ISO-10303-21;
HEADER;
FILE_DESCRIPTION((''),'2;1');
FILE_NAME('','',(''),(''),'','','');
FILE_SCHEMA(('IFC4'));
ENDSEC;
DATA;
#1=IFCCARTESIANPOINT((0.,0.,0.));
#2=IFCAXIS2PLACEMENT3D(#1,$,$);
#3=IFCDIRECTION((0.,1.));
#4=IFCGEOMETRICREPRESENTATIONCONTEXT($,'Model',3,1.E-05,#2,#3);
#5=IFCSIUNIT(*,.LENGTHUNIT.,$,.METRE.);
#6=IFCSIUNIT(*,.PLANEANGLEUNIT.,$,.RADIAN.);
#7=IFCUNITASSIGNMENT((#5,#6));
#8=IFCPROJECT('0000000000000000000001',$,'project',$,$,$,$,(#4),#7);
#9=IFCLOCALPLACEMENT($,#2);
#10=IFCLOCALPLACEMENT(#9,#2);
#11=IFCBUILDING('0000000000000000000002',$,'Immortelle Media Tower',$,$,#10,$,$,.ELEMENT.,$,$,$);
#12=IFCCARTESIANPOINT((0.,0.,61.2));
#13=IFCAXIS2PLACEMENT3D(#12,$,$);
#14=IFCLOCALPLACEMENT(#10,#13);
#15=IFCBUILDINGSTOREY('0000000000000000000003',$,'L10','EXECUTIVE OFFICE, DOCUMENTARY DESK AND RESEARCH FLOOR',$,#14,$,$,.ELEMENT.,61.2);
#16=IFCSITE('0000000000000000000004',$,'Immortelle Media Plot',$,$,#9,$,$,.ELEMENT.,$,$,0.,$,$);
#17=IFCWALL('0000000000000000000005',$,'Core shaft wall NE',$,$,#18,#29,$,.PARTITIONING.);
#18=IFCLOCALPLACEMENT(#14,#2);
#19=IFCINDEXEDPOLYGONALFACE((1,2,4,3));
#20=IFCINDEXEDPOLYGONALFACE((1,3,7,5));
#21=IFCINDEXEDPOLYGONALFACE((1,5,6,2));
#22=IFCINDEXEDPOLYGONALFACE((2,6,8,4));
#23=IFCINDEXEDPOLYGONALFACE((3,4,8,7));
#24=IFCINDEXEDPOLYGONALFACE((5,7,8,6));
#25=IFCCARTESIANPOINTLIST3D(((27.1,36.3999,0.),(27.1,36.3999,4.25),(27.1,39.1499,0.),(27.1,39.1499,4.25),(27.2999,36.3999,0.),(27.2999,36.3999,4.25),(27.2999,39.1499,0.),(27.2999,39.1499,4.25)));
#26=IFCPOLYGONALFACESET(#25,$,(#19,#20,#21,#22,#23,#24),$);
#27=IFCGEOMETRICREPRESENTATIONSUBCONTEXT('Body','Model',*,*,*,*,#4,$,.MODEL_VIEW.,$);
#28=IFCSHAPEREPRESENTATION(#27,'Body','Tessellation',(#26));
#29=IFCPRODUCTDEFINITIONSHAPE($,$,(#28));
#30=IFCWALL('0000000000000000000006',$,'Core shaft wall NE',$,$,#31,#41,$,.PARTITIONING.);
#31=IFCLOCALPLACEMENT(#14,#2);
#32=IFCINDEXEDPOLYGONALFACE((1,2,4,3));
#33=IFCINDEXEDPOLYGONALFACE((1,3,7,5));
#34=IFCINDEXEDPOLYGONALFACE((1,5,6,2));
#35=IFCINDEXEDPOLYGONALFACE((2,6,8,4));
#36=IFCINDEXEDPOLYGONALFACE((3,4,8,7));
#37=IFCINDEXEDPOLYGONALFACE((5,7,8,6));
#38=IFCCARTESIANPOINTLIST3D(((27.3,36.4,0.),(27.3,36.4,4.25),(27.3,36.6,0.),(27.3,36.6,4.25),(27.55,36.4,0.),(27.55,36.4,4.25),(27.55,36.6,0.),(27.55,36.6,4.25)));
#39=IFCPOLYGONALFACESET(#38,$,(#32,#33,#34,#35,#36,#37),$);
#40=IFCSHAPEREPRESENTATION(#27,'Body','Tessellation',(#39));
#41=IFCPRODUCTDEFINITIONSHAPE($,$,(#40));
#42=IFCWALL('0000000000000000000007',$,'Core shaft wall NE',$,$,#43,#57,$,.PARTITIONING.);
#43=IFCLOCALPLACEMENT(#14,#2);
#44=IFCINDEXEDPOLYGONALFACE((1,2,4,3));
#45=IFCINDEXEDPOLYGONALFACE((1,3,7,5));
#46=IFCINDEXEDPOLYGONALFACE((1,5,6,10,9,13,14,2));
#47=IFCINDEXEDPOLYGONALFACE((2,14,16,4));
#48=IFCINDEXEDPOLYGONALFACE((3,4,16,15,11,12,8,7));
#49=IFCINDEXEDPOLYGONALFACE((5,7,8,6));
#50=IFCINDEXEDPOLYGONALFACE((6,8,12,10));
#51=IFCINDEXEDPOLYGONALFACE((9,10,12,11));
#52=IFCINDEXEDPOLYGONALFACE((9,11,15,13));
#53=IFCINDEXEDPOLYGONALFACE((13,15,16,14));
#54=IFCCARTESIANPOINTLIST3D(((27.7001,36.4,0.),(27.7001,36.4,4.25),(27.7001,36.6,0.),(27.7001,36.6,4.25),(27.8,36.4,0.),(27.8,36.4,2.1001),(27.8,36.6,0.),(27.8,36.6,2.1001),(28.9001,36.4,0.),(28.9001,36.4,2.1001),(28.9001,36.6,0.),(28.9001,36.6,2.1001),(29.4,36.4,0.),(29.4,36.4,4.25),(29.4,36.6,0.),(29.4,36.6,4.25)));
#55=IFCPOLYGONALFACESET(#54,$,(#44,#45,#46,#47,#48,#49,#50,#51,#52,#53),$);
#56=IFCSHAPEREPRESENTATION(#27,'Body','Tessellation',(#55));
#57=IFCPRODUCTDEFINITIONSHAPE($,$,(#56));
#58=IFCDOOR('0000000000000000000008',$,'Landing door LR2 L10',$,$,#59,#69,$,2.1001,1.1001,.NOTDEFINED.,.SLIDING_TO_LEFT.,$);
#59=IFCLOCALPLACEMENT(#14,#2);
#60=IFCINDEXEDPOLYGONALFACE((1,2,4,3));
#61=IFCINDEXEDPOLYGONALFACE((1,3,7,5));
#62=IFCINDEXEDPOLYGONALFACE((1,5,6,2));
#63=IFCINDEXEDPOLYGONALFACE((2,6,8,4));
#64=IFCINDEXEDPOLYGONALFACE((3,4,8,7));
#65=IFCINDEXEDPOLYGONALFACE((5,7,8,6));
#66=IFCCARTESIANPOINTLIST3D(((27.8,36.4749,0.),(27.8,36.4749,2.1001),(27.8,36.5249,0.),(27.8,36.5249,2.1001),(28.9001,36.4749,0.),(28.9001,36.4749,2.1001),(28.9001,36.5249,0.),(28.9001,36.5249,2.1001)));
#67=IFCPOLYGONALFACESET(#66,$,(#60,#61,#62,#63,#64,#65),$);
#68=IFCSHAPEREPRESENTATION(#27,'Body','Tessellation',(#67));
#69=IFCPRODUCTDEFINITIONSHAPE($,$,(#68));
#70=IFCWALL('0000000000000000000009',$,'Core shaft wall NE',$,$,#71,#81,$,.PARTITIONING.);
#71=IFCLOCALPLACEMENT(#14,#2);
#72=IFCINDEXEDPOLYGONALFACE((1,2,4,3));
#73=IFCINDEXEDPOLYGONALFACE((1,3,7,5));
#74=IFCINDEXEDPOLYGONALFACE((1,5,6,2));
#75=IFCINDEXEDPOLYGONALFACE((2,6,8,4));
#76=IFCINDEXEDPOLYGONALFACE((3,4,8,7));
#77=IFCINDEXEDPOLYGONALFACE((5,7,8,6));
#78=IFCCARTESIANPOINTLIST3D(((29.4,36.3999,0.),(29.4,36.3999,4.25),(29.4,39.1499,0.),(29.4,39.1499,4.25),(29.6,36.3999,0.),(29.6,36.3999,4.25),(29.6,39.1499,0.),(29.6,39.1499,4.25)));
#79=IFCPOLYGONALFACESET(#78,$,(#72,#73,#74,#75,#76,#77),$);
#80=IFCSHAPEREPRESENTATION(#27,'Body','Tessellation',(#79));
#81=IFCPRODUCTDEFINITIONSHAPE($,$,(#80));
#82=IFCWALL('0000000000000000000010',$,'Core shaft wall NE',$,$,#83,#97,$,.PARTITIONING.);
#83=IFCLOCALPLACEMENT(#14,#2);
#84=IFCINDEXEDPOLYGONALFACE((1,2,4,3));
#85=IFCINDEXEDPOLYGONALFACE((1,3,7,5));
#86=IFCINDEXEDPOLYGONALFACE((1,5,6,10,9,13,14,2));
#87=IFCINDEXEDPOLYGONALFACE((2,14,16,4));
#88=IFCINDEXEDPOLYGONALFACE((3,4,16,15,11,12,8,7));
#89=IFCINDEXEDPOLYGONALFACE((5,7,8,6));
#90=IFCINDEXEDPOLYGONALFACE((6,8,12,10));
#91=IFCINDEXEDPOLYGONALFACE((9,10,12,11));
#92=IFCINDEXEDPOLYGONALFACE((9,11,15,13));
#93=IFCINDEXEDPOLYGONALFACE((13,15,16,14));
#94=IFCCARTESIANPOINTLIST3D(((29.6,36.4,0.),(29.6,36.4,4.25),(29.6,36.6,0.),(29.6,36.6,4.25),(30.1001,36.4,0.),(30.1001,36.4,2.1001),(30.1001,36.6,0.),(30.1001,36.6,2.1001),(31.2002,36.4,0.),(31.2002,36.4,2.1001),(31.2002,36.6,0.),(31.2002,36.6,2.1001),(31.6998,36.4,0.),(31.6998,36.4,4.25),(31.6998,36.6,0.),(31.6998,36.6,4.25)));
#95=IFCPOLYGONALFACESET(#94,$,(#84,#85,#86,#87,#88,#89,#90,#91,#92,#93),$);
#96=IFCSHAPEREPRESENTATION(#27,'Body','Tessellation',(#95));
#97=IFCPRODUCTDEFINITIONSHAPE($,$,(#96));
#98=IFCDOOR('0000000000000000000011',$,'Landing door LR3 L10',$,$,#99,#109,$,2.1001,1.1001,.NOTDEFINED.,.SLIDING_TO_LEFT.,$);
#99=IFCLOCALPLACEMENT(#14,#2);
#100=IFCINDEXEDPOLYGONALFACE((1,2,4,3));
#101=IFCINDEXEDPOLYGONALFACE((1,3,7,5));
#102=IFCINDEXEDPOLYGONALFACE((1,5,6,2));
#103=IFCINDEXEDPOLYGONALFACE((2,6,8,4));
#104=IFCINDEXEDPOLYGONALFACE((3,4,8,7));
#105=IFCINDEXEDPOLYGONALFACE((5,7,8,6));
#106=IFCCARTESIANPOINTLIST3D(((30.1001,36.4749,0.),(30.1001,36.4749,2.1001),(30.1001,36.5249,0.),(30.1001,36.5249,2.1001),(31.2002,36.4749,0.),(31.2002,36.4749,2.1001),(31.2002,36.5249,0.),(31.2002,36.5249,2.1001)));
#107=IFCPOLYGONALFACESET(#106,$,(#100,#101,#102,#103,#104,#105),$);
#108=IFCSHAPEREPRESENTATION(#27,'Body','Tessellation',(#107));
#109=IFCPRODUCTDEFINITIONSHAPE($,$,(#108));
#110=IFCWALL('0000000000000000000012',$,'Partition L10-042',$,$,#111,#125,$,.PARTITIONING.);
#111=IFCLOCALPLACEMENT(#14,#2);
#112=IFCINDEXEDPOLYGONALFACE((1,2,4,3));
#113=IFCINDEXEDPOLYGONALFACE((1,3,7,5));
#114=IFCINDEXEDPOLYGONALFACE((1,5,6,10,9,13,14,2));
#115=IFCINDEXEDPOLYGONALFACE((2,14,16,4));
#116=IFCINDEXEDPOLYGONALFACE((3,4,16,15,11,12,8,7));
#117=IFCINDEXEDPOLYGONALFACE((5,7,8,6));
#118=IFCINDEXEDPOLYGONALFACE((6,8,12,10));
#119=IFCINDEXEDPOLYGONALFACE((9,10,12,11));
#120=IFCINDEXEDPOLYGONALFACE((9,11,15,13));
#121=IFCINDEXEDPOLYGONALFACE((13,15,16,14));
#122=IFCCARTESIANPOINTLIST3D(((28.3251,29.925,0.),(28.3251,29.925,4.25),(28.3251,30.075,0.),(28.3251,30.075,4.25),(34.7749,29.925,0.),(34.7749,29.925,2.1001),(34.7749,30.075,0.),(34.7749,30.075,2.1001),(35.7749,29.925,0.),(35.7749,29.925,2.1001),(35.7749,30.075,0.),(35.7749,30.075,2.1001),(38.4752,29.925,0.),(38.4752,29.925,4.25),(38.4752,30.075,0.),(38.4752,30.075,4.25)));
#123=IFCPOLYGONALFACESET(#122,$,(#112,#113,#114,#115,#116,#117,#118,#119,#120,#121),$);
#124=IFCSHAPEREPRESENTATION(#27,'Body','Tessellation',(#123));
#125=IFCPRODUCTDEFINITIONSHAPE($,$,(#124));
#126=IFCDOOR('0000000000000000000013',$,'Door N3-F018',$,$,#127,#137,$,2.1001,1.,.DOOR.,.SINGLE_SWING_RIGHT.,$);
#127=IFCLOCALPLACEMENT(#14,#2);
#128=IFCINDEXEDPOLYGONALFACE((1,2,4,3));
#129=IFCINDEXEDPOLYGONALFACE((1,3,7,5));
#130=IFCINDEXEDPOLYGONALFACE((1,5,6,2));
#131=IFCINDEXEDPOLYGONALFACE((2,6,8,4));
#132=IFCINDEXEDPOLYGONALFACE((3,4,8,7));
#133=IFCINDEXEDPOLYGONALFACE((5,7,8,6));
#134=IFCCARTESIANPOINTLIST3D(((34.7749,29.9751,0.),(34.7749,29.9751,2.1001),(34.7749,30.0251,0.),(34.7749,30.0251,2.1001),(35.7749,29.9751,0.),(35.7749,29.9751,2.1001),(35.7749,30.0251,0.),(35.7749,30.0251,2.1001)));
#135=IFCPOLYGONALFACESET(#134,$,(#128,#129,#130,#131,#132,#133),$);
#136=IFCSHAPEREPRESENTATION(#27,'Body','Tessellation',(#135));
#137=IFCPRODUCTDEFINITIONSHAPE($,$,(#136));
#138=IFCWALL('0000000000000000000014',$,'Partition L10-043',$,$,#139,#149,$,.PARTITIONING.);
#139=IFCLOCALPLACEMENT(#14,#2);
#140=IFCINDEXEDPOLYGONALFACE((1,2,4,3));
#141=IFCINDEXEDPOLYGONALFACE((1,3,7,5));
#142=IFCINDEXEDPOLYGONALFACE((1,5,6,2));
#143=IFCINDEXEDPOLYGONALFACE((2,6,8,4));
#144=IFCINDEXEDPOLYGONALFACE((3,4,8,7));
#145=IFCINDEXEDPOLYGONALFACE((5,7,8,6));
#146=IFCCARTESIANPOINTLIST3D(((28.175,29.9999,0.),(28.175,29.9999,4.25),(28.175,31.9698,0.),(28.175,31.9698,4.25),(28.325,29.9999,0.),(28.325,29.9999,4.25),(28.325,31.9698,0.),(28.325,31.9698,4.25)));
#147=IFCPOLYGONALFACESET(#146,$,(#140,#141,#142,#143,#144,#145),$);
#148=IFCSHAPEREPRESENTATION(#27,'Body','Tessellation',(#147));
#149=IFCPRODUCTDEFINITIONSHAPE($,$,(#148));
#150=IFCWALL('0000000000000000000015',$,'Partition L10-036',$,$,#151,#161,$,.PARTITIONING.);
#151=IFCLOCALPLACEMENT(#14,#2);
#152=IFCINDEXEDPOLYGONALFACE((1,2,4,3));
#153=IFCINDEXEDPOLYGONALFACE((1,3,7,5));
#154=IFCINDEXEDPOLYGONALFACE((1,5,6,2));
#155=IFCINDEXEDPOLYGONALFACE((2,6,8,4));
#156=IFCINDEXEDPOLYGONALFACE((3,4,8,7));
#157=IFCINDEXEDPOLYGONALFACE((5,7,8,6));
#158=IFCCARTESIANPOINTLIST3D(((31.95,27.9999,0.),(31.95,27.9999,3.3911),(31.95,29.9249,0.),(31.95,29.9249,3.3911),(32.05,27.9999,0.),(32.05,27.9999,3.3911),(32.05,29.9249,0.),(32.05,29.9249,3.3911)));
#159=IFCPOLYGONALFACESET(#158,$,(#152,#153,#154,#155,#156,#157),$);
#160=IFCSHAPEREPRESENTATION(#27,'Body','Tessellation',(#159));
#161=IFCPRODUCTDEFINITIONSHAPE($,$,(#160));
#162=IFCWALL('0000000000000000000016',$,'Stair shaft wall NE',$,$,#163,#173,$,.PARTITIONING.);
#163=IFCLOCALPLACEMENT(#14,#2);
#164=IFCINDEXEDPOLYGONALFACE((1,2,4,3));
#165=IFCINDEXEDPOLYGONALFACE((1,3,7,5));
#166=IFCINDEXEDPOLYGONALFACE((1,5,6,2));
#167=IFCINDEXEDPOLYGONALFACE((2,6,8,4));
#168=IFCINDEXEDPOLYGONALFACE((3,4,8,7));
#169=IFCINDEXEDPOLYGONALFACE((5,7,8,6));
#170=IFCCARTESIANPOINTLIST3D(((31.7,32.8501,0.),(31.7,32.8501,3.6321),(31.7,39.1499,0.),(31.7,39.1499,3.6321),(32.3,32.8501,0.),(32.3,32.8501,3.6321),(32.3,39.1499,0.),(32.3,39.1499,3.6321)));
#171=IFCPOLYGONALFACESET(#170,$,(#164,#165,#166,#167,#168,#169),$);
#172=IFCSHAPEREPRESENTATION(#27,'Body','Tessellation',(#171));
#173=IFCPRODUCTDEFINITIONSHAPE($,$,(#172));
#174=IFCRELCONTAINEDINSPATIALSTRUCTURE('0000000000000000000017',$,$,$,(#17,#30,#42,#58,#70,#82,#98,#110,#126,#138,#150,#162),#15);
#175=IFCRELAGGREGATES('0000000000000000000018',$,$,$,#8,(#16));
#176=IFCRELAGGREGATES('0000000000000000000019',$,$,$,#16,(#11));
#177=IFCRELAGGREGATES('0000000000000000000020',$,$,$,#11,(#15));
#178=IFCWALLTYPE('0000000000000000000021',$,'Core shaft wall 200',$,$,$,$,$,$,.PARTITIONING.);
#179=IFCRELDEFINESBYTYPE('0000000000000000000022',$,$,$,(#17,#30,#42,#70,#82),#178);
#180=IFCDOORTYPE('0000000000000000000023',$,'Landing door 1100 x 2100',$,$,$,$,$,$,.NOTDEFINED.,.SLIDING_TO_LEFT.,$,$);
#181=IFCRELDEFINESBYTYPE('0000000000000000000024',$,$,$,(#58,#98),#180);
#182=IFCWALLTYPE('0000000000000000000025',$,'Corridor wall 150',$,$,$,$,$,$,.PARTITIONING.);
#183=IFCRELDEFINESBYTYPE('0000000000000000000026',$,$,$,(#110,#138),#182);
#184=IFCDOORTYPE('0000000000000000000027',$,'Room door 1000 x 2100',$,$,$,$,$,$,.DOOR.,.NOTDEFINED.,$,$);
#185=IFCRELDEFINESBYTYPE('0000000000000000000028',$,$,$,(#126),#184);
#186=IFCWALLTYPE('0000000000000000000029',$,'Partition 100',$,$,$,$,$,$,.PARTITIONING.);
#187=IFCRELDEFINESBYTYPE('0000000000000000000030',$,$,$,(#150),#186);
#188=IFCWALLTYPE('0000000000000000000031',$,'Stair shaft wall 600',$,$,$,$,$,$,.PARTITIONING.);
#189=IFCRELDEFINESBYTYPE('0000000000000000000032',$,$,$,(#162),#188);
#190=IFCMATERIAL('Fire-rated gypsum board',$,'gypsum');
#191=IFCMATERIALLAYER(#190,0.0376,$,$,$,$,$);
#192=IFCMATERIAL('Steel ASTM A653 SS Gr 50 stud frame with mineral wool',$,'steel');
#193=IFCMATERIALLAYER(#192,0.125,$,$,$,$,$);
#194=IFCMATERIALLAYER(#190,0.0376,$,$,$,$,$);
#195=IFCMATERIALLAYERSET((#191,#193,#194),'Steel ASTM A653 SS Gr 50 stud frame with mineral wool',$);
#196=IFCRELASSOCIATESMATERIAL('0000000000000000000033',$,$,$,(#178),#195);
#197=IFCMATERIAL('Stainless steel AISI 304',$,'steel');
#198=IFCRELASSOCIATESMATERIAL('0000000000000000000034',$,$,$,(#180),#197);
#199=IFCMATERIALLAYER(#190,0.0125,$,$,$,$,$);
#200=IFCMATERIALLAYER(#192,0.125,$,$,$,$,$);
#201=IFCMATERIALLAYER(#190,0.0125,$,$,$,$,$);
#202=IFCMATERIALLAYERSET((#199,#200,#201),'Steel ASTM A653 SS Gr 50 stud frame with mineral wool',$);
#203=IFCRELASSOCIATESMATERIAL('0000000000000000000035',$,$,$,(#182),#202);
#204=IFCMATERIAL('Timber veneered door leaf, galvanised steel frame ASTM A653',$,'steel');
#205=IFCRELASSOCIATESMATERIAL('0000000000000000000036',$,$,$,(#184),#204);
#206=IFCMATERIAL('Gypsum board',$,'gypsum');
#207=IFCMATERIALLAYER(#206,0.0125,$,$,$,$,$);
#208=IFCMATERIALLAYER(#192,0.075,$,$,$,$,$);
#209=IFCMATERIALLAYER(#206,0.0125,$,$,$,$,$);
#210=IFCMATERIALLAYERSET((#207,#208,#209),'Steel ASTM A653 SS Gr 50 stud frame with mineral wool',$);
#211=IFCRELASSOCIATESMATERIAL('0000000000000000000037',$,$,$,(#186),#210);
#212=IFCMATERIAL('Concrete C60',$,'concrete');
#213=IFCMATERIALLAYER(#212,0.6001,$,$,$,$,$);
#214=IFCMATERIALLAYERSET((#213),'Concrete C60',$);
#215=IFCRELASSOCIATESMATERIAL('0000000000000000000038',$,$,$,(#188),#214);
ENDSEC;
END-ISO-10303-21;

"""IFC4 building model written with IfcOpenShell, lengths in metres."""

from ifc_helpers import new_model, si_unit, direction, frame, frame_2d, origin, place, context, subcontext, project, spatial, rectangle, extrude, material, layer, layer_set, type_object, element, fill, save


model = new_model("IFC4")

# Units and contexts
model_context = context("Model", 3, precision=1e-05, world=origin(), true_north=direction((0.0, 1.0)))
body_context = subcontext(model_context, "Body", "Model", "MODEL_VIEW")
ifc_project = project(units=[si_unit("LENGTHUNIT", "METRE"), si_unit("PLANEANGLEUNIT", "RADIAN")], contexts=[model_context])

# Site, building, storey
site_placement = place(None, origin())
site = spatial("IfcSite", under=ifc_project, at=site_placement, Name="Immortelle Media Plot", CompositionType="ELEMENT", RefElevation=0.0)
building_placement = place(site_placement, origin())
building = spatial("IfcBuilding", under=site, at=building_placement, Name="Immortelle Media Tower", CompositionType="ELEMENT")
storey_placement = place(building_placement, frame((0.0, 0.0, 61.2)))
storey = spatial("IfcBuildingStorey", under=building, at=storey_placement, Name="L10", Description="EXECUTIVE OFFICE, DOCUMENTARY DESK AND RESEARCH FLOOR", CompositionType="ELEMENT", Elevation=61.2)

# Shared definitions
ifc_material_1 = material(Name="Fire-rated gypsum board", Category="gypsum")
ifc_material_2 = material(Name="Steel ASTM A653 SS Gr 50 stud frame with mineral wool", Category="steel")

# Walls
ifc_layer_1 = layer(ifc_material_1, 0.0376)
ifc_layer_2 = layer(ifc_material_2, 0.125)
ifc_layer_3 = layer(ifc_material_1, 0.0376)
ifc_layer_set_1 = layer_set([ifc_layer_1, ifc_layer_2, ifc_layer_3], Name="Steel ASTM A653 SS Gr 50 stud frame with mineral wool")
wall_type_1 = type_object("IfcWallType", Name="Core shaft wall 200", PredefinedType="PARTITIONING", material=ifc_layer_set_1)
wall_1_placement = place(storey_placement, frame((27.2, 36.3999, 0.0), z_axis=(0.0, 0.0, 1.0), x_axis=(0.0, 1.0, 0.0)))
element("IfcWall", 1, at=wall_1_placement, inside=storey, type_object=wall_type_1, Name="Core shaft wall NE", PredefinedType="PARTITIONING", context=body_context, shape_type="SweptSolid", body=[
    extrude(rectangle(XDim=2.75, YDim=0.2, at=frame_2d((1.375, 0.0))), origin(), (0.0, 0.0, 1.0), 4.25),
])
wall_2_placement = place(storey_placement, frame((27.3, 36.5, 0.0), z_axis=(0.0, 0.0, 1.0), x_axis=(1.0, 0.0, 0.0)))
element("IfcWall", 2, at=wall_2_placement, inside=storey, type_object=wall_type_1, Name="Core shaft wall NE", PredefinedType="PARTITIONING", context=body_context, shape_type="SweptSolid", body=[
    extrude(rectangle(XDim=0.25, YDim=0.2, at=frame_2d((0.125, 0.0))), origin(), (0.0, 0.0, 1.0), 4.25),
])

# Wall, opening, door
wall_3_placement = place(storey_placement, frame((27.7, 36.5, 0.0), z_axis=(0.0, 0.0, 1.0), x_axis=(1.0, 0.0, 0.0)))
wall_3 = element("IfcWall", 3, at=wall_3_placement, inside=storey, type_object=wall_type_1, Name="Core shaft wall NE", PredefinedType="PARTITIONING", context=body_context, shape_type="SweptSolid", body=[
    extrude(rectangle(XDim=1.7, YDim=0.2, at=frame_2d((0.8501, 0.0))), origin(), (0.0, 0.0, 1.0), 4.25),
])
opening_1_placement = place(wall_3_placement, frame((0.1001, 0.0, 0.0)))
opening_1 = element("IfcOpeningElement", 4, at=opening_1_placement, cuts=wall_3, PredefinedType="OPENING", context=body_context, shape_type="SweptSolid", body=[
    extrude(rectangle(XDim=1.1001, YDim=2.1001, at=frame_2d((0.55, 1.05))), frame((0.0, 0.1099, 0.0), z_axis=(0.0, -1.0, 0.0), x_axis=(1.0, 0.0, 0.0)), (0.0, 0.0, 1.0), 0.22),
])
ifc_material_3 = material(Name="Stainless steel AISI 304", Category="steel")
door_type_1 = type_object("IfcDoorType", Name="Landing door 1100 x 2100", OperationType="SLIDING_TO_LEFT", PredefinedType="NOTDEFINED", material=ifc_material_3)
door_1_placement = place(opening_1_placement, origin())
door_1 = element("IfcDoor", 5, at=door_1_placement, inside=storey, type_object=door_type_1, Name="Landing door LR2 L10", OperationType="SLIDING_TO_LEFT", OverallHeight=2.1001, OverallWidth=1.1001, PredefinedType="NOTDEFINED", context=body_context, shape_type="SweptSolid", body=[
    extrude(rectangle(XDim=1.1001, YDim=2.1001, at=frame_2d((0.55, 1.05))), frame((0.0, 0.0249, 0.0), z_axis=(0.0, -1.0, 0.0), x_axis=(1.0, 0.0, 0.0)), (0.0, 0.0, 1.0), 0.05),
])
fill(opening_1, door_1)

# Wall
wall_4_placement = place(storey_placement, frame((29.5, 36.3999, 0.0), z_axis=(0.0, 0.0, 1.0), x_axis=(0.0, 1.0, 0.0)))
element("IfcWall", 6, at=wall_4_placement, inside=storey, type_object=wall_type_1, Name="Core shaft wall NE", PredefinedType="PARTITIONING", context=body_context, shape_type="SweptSolid", body=[
    extrude(rectangle(XDim=2.75, YDim=0.2, at=frame_2d((1.375, 0.0))), origin(), (0.0, 0.0, 1.0), 4.25),
])

# Walls, openings, doors
wall_5_placement = place(storey_placement, frame((29.6001, 36.5, 0.0), z_axis=(0.0, 0.0, 1.0), x_axis=(1.0, 0.0, 0.0)))
wall_5 = element("IfcWall", 7, at=wall_5_placement, inside=storey, type_object=wall_type_1, Name="Core shaft wall NE", PredefinedType="PARTITIONING", context=body_context, shape_type="SweptSolid", body=[
    extrude(rectangle(XDim=2.0999, YDim=0.2, at=frame_2d((1.0498, 0.0))), origin(), (0.0, 0.0, 1.0), 4.25),
])
opening_2_placement = place(wall_5_placement, frame((0.5, 0.0, 0.0)))
opening_2 = element("IfcOpeningElement", 8, at=opening_2_placement, cuts=wall_5, PredefinedType="OPENING", context=body_context, shape_type="SweptSolid", body=[
    extrude(rectangle(XDim=1.1001, YDim=2.1001, at=frame_2d((0.55, 1.05))), frame((0.0, 0.1099, 0.0), z_axis=(0.0, -1.0, 0.0), x_axis=(1.0, 0.0, 0.0)), (0.0, 0.0, 1.0), 0.22),
])
door_2_placement = place(opening_2_placement, origin())
door_2 = element("IfcDoor", 9, at=door_2_placement, inside=storey, type_object=door_type_1, Name="Landing door LR3 L10", OperationType="SLIDING_TO_LEFT", OverallHeight=2.1001, OverallWidth=1.1001, PredefinedType="NOTDEFINED", context=body_context, shape_type="SweptSolid", body=[
    extrude(rectangle(XDim=1.1001, YDim=2.1001, at=frame_2d((0.55, 1.05))), frame((0.0, 0.0249, 0.0), z_axis=(0.0, -1.0, 0.0), x_axis=(1.0, 0.0, 0.0)), (0.0, 0.0, 1.0), 0.05),
])
fill(opening_2, door_2)
ifc_layer_4 = layer(ifc_material_1, 0.0125)
ifc_layer_5 = layer(ifc_material_2, 0.125)
ifc_layer_6 = layer(ifc_material_1, 0.0125)
ifc_layer_set_2 = layer_set([ifc_layer_4, ifc_layer_5, ifc_layer_6], Name="Steel ASTM A653 SS Gr 50 stud frame with mineral wool")
wall_type_2 = type_object("IfcWallType", Name="Corridor wall 150", PredefinedType="PARTITIONING", material=ifc_layer_set_2)
wall_6_placement = place(storey_placement, frame((28.325, 30.0, 0.0), z_axis=(0.0, 0.0, 1.0), x_axis=(1.0, 0.0, 0.0)))
wall_6 = element("IfcWall", 10, at=wall_6_placement, inside=storey, type_object=wall_type_2, Name="Partition L10-042", PredefinedType="PARTITIONING", context=body_context, shape_type="SweptSolid", body=[
    extrude(rectangle(XDim=10.1501, YDim=0.1499, at=frame_2d((5.0752, 0.0))), origin(), (0.0, 0.0, 1.0), 4.25),
])
opening_3_placement = place(wall_6_placement, frame((7.45, 0.0, 0.0), z_axis=(0.0, 0.0, 1.0), x_axis=(-1.0, 0.0, 0.0)))
opening_3 = element("IfcOpeningElement", 11, at=opening_3_placement, cuts=wall_6, PredefinedType="OPENING", context=body_context, shape_type="SweptSolid", body=[
    extrude(rectangle(XDim=1.0, YDim=2.1001, at=frame_2d((0.5, 1.05))), frame((0.0, 0.085, 0.0), z_axis=(0.0, -1.0, 0.0), x_axis=(1.0, 0.0, 0.0)), (0.0, 0.0, 1.0), 0.1699),
])
ifc_material_4 = material(Name="Timber veneered door leaf, galvanised steel frame ASTM A653", Category="steel")
door_type_2 = type_object("IfcDoorType", Name="Room door 1000 x 2100", OperationType="NOTDEFINED", PredefinedType="DOOR", material=ifc_material_4)
door_3_placement = place(opening_3_placement, origin())
door_3 = element("IfcDoor", 12, at=door_3_placement, inside=storey, type_object=door_type_2, Name="Door N3-F018", OperationType="SINGLE_SWING_RIGHT", OverallHeight=2.1001, OverallWidth=1.0, PredefinedType="DOOR", context=body_context, shape_type="SweptSolid", body=[
    extrude(rectangle(XDim=1.0, YDim=2.1001, at=frame_2d((0.5, 1.05))), frame((0.0, 0.0249, 0.0), z_axis=(0.0, -1.0, 0.0), x_axis=(1.0, 0.0, 0.0)), (0.0, 0.0, 1.0), 0.05),
])
fill(opening_3, door_3)

# Walls
wall_7_placement = place(storey_placement, frame((28.25, 30.0, 0.0), z_axis=(0.0, 0.0, 1.0), x_axis=(0.0, 1.0, 0.0)))
element("IfcWall", 13, at=wall_7_placement, inside=storey, type_object=wall_type_2, Name="Partition L10-043", PredefinedType="PARTITIONING", context=body_context, shape_type="SweptSolid", body=[
    extrude(rectangle(XDim=1.97, YDim=0.1499, at=frame_2d((0.9849, 0.0))), origin(), (0.0, 0.0, 1.0), 4.25),
])
ifc_material_5 = material(Name="Gypsum board", Category="gypsum")
ifc_layer_7 = layer(ifc_material_5, 0.0125)
ifc_layer_8 = layer(ifc_material_2, 0.075)
ifc_layer_9 = layer(ifc_material_5, 0.0125)
ifc_layer_set_3 = layer_set([ifc_layer_7, ifc_layer_8, ifc_layer_9], Name="Steel ASTM A653 SS Gr 50 stud frame with mineral wool")
wall_type_3 = type_object("IfcWallType", Name="Partition 100", PredefinedType="PARTITIONING", material=ifc_layer_set_3)
wall_8_placement = place(storey_placement, frame((32.0, 28.0, 0.0), z_axis=(0.0, 0.0, 1.0), x_axis=(0.0, 1.0, 0.0)))
element("IfcWall", 14, at=wall_8_placement, inside=storey, type_object=wall_type_3, Name="Partition L10-036", PredefinedType="PARTITIONING", context=body_context, shape_type="SweptSolid", body=[
    extrude(rectangle(XDim=1.925, YDim=0.1001, at=frame_2d((0.9624, 0.0))), origin(), (0.0, 0.0, 1.0), 3.3911),
])
ifc_material_6 = material(Name="Concrete C60", Category="concrete")
ifc_layer_10 = layer(ifc_material_6, 0.6001)
ifc_layer_set_4 = layer_set([ifc_layer_10], Name="Concrete C60")
wall_type_4 = type_object("IfcWallType", Name="Stair shaft wall 600", PredefinedType="PARTITIONING", material=ifc_layer_set_4)
wall_9_placement = place(storey_placement, frame((32.0, 32.8501, 0.0), z_axis=(0.0, 0.0, 1.0), x_axis=(0.0, 1.0, 0.0)))
element("IfcWall", 15, at=wall_9_placement, inside=storey, type_object=wall_type_4, Name="Stair shaft wall NE", PredefinedType="PARTITIONING", context=body_context, shape_type="SweptSolid", body=[
    extrude(rectangle(XDim=6.2998, YDim=0.6001, at=frame_2d((3.1499, 0.0))), origin(), (0.0, 0.0, 1.0), 3.6321),
])

save(model, "model.ifc")
